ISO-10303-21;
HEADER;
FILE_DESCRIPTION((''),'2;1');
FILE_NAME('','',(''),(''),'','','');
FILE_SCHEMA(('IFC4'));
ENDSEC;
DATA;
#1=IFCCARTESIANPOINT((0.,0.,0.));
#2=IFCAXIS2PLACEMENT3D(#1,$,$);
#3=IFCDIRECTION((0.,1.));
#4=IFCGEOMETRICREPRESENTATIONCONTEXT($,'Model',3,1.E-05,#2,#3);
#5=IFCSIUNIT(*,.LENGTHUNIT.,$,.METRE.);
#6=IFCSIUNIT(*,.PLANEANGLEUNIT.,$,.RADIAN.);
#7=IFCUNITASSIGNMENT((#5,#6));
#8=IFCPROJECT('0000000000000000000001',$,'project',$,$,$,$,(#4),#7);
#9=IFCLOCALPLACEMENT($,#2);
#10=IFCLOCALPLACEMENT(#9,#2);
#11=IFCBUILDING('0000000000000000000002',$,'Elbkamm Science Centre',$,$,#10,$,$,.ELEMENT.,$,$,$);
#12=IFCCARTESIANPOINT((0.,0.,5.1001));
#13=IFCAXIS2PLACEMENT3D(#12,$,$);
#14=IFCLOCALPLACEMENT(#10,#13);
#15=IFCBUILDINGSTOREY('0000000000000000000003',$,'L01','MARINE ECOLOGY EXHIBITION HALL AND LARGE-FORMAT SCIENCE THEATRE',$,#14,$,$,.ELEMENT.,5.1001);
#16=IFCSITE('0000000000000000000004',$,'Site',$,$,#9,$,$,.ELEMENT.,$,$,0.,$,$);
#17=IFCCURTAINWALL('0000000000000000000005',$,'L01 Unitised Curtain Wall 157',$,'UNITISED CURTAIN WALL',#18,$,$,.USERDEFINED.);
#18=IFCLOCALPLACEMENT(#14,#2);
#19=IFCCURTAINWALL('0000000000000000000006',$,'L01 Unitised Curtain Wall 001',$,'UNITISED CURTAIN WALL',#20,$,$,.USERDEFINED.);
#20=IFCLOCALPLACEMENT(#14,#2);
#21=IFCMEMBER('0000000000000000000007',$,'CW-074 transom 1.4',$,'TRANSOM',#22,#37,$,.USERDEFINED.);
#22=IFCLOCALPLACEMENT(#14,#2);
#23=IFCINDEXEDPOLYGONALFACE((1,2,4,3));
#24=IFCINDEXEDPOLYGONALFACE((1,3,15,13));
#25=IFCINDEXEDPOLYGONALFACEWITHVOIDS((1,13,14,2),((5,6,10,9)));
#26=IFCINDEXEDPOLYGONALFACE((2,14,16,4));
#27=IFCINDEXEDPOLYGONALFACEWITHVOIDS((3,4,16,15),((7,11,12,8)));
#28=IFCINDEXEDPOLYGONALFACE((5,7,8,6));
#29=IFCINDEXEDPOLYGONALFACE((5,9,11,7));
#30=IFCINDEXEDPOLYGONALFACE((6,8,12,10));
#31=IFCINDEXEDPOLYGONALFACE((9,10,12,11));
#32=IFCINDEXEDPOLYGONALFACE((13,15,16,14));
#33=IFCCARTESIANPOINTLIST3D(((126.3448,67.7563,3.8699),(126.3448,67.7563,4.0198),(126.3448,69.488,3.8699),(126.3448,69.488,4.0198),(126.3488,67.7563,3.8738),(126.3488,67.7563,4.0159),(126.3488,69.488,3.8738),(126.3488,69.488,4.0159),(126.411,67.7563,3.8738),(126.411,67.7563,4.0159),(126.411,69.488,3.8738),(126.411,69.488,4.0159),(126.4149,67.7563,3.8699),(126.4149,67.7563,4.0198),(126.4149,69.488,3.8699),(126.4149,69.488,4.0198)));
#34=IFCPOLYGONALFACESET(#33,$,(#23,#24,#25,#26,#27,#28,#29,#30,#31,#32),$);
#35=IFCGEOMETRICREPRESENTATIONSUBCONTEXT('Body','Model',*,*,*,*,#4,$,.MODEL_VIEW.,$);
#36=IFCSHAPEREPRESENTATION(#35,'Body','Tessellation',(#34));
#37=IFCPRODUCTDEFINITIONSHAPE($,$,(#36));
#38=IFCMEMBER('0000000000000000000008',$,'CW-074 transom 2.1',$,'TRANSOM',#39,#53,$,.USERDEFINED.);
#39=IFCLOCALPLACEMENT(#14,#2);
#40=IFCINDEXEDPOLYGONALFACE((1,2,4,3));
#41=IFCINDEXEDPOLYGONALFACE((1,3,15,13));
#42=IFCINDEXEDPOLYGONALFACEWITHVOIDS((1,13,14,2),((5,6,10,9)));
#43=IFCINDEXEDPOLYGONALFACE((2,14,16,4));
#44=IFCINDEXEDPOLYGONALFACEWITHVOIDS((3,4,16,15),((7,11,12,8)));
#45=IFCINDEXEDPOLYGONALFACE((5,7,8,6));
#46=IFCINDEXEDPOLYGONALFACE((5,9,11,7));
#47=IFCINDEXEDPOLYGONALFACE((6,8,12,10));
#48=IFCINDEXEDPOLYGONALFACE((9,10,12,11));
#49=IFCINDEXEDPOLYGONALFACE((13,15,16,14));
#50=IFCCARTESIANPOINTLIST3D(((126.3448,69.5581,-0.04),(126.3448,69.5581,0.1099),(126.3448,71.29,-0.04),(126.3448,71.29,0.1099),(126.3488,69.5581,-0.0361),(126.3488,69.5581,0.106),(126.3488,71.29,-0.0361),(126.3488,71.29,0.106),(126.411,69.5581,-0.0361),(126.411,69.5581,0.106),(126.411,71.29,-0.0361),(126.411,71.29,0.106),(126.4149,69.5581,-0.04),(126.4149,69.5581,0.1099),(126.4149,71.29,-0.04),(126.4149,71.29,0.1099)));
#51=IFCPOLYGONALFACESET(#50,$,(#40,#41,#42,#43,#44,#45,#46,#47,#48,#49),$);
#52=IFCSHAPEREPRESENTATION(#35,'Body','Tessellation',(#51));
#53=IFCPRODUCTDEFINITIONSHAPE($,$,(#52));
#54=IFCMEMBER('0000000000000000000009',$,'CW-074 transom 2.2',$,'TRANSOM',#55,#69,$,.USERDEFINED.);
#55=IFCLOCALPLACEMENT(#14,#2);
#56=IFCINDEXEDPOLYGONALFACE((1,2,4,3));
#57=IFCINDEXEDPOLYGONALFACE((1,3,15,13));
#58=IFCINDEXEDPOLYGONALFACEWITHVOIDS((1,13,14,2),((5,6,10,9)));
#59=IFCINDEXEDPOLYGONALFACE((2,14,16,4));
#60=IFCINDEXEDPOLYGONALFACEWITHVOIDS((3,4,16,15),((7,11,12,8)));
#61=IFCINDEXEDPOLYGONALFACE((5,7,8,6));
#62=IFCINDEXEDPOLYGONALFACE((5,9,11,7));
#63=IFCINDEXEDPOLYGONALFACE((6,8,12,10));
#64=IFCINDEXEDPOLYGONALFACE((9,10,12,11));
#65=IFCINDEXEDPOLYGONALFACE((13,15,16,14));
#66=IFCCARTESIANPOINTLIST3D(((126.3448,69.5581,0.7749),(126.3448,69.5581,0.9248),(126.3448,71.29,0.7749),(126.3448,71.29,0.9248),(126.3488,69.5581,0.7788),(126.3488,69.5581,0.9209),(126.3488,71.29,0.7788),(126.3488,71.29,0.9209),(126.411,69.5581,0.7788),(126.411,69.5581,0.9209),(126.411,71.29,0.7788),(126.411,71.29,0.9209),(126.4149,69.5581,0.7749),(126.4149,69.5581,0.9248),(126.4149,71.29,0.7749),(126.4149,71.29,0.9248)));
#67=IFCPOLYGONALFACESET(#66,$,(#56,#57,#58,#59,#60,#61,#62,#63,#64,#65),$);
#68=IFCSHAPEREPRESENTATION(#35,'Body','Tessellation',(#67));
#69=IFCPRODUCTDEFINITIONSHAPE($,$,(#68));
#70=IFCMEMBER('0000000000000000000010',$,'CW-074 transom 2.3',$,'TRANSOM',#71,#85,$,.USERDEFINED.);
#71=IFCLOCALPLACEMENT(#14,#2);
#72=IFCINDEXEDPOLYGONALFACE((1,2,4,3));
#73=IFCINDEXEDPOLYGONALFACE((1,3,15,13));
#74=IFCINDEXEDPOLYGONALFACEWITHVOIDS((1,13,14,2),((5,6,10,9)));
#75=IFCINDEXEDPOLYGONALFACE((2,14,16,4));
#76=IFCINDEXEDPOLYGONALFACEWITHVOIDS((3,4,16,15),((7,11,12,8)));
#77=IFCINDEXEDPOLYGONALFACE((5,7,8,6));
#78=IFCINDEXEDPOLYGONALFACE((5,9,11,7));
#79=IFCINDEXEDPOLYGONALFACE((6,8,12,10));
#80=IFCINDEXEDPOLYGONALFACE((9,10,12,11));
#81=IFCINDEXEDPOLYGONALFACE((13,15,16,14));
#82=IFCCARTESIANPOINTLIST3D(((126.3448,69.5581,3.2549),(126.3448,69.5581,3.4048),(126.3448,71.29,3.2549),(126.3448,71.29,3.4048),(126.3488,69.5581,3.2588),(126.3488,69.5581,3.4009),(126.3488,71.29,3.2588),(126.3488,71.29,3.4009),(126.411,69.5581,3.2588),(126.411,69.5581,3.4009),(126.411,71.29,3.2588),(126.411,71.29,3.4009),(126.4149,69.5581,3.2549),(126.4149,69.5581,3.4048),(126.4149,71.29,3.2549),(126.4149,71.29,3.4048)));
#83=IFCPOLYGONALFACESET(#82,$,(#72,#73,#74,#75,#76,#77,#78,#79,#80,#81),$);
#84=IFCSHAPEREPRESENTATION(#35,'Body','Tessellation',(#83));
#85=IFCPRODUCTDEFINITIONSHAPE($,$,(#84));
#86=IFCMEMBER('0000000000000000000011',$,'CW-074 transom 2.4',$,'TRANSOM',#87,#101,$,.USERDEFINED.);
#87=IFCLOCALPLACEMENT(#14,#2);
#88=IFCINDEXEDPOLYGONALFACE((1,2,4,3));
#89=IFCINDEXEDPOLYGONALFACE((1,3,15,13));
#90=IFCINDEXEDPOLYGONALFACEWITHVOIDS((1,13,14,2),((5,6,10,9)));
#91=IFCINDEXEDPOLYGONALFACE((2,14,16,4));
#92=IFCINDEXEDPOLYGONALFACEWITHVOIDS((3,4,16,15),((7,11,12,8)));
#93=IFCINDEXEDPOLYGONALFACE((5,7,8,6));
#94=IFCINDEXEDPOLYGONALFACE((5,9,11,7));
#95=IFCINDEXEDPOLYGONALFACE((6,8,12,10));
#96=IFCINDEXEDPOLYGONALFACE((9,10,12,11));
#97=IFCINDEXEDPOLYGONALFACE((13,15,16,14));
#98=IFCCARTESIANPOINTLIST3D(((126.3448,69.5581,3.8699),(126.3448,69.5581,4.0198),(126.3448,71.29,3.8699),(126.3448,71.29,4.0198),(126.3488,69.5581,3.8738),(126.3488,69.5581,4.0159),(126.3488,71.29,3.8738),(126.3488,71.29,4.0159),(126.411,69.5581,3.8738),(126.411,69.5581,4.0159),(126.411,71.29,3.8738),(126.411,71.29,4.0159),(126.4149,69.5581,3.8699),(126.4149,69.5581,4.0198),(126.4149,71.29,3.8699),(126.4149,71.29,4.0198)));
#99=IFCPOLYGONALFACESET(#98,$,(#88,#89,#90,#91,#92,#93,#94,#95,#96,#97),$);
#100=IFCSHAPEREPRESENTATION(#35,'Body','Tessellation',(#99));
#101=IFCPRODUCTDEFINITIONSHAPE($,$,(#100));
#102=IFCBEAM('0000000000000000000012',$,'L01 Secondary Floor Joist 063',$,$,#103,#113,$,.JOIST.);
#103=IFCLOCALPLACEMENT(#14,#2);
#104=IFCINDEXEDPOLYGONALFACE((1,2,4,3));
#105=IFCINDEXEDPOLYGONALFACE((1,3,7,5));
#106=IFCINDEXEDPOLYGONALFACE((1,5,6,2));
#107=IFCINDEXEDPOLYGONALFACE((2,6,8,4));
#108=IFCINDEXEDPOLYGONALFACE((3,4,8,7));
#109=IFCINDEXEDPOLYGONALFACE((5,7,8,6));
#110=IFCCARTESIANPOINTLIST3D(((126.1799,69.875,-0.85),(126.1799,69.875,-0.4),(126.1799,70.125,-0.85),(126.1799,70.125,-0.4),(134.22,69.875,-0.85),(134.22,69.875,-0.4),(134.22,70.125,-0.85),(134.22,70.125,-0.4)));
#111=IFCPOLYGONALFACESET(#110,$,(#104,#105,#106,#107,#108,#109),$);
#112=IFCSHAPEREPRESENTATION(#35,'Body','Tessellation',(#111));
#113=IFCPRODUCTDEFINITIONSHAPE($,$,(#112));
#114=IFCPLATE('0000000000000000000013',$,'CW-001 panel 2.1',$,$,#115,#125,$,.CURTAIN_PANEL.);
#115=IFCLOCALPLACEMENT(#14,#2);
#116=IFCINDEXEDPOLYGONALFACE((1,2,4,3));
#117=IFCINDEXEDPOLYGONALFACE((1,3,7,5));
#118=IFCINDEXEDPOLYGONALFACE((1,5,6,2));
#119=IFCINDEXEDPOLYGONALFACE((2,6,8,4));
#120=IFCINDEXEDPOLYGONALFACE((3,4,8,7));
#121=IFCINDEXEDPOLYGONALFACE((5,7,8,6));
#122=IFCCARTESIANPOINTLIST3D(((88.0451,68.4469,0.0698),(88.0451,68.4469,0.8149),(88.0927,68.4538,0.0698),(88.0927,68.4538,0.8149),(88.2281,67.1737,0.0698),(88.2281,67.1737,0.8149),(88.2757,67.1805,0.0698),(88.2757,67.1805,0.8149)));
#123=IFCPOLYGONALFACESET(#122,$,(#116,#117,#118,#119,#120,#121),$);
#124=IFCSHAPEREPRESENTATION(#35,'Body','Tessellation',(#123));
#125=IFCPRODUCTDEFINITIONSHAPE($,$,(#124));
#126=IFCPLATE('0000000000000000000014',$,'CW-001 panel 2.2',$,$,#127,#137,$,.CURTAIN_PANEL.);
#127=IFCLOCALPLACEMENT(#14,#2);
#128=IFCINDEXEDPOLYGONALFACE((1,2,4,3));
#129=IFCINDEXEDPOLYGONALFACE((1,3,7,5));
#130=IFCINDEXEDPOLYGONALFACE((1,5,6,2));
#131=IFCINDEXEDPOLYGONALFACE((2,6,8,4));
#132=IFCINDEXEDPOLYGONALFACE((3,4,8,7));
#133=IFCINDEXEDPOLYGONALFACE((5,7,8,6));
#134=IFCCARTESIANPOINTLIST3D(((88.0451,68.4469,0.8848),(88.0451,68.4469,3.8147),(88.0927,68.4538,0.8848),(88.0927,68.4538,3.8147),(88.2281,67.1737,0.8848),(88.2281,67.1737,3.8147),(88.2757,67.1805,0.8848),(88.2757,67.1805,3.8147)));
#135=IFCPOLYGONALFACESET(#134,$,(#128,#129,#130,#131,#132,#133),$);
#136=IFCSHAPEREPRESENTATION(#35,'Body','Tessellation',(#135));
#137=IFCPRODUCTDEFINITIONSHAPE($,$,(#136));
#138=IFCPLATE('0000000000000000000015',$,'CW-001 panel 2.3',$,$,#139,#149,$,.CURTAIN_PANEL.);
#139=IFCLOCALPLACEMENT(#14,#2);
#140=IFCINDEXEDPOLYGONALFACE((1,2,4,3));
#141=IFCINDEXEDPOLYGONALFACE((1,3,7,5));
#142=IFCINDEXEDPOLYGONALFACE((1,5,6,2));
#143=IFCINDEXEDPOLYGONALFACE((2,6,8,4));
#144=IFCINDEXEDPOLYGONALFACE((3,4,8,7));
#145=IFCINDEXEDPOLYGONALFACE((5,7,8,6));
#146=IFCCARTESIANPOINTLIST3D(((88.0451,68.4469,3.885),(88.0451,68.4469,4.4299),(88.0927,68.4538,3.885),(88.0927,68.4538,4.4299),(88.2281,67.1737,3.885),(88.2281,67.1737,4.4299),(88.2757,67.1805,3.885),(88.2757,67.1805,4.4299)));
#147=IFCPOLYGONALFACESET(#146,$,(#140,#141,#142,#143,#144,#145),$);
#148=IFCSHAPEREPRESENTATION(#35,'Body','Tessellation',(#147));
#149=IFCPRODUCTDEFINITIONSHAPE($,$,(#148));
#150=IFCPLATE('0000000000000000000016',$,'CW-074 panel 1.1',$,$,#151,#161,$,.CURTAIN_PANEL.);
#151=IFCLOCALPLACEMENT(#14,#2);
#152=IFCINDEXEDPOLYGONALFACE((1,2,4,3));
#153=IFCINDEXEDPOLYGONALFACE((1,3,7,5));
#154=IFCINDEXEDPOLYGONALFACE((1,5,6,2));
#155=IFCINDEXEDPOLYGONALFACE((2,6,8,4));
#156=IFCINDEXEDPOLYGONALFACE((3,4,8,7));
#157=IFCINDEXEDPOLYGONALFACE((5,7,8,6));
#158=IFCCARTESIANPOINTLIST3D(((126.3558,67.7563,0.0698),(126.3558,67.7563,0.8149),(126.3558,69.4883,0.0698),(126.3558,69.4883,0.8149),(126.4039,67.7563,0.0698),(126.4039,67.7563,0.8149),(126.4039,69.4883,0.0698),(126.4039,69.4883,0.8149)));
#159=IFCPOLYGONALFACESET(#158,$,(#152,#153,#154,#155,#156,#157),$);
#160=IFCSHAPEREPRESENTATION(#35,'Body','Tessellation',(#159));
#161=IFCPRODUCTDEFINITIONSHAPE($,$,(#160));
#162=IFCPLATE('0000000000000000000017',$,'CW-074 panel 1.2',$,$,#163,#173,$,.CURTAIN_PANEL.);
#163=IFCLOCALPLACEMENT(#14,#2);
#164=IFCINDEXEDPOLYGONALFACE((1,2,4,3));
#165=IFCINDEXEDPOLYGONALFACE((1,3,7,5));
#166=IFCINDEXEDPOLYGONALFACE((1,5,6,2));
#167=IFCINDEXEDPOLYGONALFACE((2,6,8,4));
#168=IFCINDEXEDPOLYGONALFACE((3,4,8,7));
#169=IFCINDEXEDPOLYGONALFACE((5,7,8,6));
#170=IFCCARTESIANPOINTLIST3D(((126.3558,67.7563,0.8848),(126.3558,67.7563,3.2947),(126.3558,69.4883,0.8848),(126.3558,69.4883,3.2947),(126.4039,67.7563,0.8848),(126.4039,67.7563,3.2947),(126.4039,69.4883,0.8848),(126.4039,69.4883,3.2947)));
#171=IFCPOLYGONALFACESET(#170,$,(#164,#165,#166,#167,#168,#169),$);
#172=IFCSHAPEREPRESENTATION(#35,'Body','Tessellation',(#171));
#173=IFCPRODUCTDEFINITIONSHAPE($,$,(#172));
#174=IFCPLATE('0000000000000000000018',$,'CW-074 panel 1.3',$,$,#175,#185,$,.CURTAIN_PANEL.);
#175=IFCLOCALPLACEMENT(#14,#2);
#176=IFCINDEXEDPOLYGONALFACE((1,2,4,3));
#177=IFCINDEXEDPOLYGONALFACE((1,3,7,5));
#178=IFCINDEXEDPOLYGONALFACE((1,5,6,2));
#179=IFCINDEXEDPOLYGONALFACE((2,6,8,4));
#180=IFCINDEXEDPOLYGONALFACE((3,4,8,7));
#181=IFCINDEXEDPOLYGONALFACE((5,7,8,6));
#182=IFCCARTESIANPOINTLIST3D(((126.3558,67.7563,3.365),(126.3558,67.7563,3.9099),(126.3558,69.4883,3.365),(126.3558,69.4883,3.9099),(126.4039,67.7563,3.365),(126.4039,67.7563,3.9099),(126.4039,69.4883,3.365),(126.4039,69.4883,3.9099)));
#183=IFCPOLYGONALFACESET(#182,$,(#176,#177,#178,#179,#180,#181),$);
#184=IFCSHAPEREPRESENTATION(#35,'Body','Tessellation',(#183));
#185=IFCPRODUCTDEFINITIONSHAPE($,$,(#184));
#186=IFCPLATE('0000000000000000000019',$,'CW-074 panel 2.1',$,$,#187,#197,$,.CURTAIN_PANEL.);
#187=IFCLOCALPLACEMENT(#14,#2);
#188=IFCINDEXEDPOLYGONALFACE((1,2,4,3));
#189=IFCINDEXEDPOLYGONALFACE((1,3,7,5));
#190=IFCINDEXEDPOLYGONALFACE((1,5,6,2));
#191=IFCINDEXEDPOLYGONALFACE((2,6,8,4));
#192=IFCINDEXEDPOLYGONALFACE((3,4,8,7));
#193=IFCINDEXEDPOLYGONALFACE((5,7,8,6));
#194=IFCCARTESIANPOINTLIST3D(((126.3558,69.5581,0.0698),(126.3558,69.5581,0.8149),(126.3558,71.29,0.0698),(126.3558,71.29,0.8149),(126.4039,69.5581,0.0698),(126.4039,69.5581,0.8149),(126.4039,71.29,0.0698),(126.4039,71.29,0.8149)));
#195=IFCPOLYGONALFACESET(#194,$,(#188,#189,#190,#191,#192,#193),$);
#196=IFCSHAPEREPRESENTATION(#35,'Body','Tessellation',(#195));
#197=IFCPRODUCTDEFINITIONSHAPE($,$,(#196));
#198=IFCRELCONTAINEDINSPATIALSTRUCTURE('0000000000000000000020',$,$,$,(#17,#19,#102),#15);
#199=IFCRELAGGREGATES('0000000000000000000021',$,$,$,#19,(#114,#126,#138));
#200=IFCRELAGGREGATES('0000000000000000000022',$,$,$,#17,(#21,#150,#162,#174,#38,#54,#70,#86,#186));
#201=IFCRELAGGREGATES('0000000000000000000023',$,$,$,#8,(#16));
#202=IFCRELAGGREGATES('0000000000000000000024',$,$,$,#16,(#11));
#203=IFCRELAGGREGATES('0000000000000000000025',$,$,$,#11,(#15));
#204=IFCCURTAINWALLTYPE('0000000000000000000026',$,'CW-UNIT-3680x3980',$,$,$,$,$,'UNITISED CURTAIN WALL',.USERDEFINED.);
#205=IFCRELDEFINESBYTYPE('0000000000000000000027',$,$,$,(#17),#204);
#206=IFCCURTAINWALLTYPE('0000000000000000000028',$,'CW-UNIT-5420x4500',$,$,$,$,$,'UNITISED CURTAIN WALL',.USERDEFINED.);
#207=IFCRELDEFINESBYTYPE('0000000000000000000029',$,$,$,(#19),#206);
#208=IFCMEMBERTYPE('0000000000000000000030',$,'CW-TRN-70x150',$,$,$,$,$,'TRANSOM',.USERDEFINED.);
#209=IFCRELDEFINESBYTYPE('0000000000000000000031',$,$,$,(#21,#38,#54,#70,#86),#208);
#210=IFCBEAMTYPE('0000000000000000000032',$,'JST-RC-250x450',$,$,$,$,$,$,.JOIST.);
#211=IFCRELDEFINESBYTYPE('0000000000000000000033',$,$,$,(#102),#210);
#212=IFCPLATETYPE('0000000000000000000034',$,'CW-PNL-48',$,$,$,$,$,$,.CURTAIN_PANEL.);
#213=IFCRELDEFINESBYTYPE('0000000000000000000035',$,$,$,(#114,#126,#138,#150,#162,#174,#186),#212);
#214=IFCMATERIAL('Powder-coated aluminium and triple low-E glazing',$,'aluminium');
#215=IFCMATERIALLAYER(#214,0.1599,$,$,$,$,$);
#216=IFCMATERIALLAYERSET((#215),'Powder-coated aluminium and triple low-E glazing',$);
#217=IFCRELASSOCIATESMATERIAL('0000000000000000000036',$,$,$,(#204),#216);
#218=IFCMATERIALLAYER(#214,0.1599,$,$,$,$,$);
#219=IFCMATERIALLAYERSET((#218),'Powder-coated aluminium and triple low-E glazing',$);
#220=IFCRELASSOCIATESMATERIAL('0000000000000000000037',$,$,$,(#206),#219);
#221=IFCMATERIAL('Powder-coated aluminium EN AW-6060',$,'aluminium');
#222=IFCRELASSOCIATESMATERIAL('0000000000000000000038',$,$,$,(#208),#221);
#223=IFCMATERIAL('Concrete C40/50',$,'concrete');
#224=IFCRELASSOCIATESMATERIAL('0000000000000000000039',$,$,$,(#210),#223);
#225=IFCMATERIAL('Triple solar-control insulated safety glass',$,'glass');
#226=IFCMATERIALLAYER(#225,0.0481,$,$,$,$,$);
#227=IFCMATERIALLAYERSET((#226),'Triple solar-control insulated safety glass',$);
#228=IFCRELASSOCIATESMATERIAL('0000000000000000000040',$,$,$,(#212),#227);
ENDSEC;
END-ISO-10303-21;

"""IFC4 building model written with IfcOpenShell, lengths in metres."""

from ifc_helpers import new_model, si_unit, direction, frame, origin, origin_2d, place, context, subcontext, project, spatial, rectangle, hollow_rectangle, extrude, material, layer, layer_set, material_profile, profile_set, type_object, element, aggregate, save


model = new_model("IFC4")

# Units and contexts
model_context = context("Model", 3, precision=1e-05, world=origin(), true_north=direction((0.0, 1.0)))
body_context = subcontext(model_context, "Body", "Model", "MODEL_VIEW")
ifc_project = project(units=[si_unit("LENGTHUNIT", "METRE"), si_unit("PLANEANGLEUNIT", "RADIAN")], contexts=[model_context])

# Site, building, storey
site_placement = place(None, origin())
site = spatial("IfcSite", under=ifc_project, at=site_placement, Name="Site", CompositionType="ELEMENT", RefElevation=0.0)
building_placement = place(site_placement, origin())
building = spatial("IfcBuilding", under=site, at=building_placement, Name="Elbkamm Science Centre", CompositionType="ELEMENT")
storey_placement = place(building_placement, frame((0.0, 0.0, 5.1001)))
storey = spatial("IfcBuildingStorey", under=building, at=storey_placement, Name="L01", Description="MARINE ECOLOGY EXHIBITION HALL AND LARGE-FORMAT SCIENCE THEATRE", CompositionType="ELEMENT", Elevation=5.1001)

# Shared definitions
ifc_material_1 = material(Name="Concrete C40/50", Category="concrete")

# Curtain wall
ifc_material_2 = material(Name="Powder-coated aluminium and triple low-E glazing", Category="aluminium")
ifc_layer_1 = layer(ifc_material_2, 0.1599)
ifc_layer_set_1 = layer_set([ifc_layer_1], Name="Powder-coated aluminium and triple low-E glazing")
curtain_wall_type_1 = type_object("IfcCurtainWallType", Name="CW-UNIT-3680x3980", ElementType="UNITISED CURTAIN WALL", PredefinedType="USERDEFINED", material=ifc_layer_set_1)
curtain_wall_1_placement = place(storey_placement, origin())
curtain_wall_1 = element("IfcCurtainWall", 1, at=curtain_wall_1_placement, inside=storey, type_object=curtain_wall_type_1, Name="L01 Unitised Curtain Wall 157", ObjectType="UNITISED CURTAIN WALL", PredefinedType="USERDEFINED")
ifc_material_3 = material(Name="Powder-coated aluminium EN AW-6060", Category="aluminium")

# Curtain wall
ifc_layer_2 = layer(ifc_material_2, 0.1599)
ifc_layer_set_2 = layer_set([ifc_layer_2], Name="Powder-coated aluminium and triple low-E glazing")
curtain_wall_type_2 = type_object("IfcCurtainWallType", Name="CW-UNIT-5420x4500", ElementType="UNITISED CURTAIN WALL", PredefinedType="USERDEFINED", material=ifc_layer_set_2)
curtain_wall_2_placement = place(storey_placement, origin())
curtain_wall_2 = element("IfcCurtainWall", 2, at=curtain_wall_2_placement, inside=storey, type_object=curtain_wall_type_2, Name="L01 Unitised Curtain Wall 001", ObjectType="UNITISED CURTAIN WALL", PredefinedType="USERDEFINED")
ifc_material_profile_1 = material_profile(ifc_material_3, hollow_rectangle(XDim=0.0701, YDim=0.1499, WallThickness=0.0039, at=origin_2d()), Name="ALU T70x150")
ifc_profile_set_1 = profile_set([ifc_material_profile_1], Name="Powder-coated aluminium EN AW-6060")
member_type_1 = type_object("IfcMemberType", Name="CW-TRN-70x150", ElementType="TRANSOM", PredefinedType="USERDEFINED", material=ifc_profile_set_1)

# Members
member_1_placement = place(storey_placement, frame((126.3799, 67.7563, 3.9448), z_axis=(0.0, 1.0, 0.0), x_axis=(-1.0, 0.0, 0.0)))
member_1 = element("IfcMember", 3, at=member_1_placement, type_object=member_type_1, Name="CW-074 transom 1.4", ObjectType="TRANSOM", PredefinedType="USERDEFINED", context=body_context, shape_type="SweptSolid", body=[
    extrude(hollow_rectangle(XDim=0.0701, YDim=0.1499, WallThickness=0.0039, at=origin_2d()), origin(), (0.0, 0.0, 1.0), 1.7317),
])
member_2_placement = place(storey_placement, frame((126.3799, 69.5581, 0.0349), z_axis=(0.0, 1.0, 0.0), x_axis=(-1.0, 0.0, 0.0)))
member_2 = element("IfcMember", 4, at=member_2_placement, type_object=member_type_1, Name="CW-074 transom 2.1", ObjectType="TRANSOM", PredefinedType="USERDEFINED", context=body_context, shape_type="SweptSolid", body=[
    extrude(hollow_rectangle(XDim=0.0701, YDim=0.1499, WallThickness=0.0039, at=origin_2d()), origin(), (0.0, 0.0, 1.0), 1.7319),
])
member_3_placement = place(storey_placement, frame((126.3799, 69.5581, 0.8499), z_axis=(0.0, 1.0, 0.0), x_axis=(-1.0, 0.0, 0.0)))
member_3 = element("IfcMember", 5, at=member_3_placement, type_object=member_type_1, Name="CW-074 transom 2.2", ObjectType="TRANSOM", PredefinedType="USERDEFINED", context=body_context, shape_type="SweptSolid", body=[
    extrude(hollow_rectangle(XDim=0.0701, YDim=0.1499, WallThickness=0.0039, at=origin_2d()), origin(), (0.0, 0.0, 1.0), 1.7319),
])
member_4_placement = place(storey_placement, frame((126.3799, 69.5581, 3.3298), z_axis=(0.0, 1.0, 0.0), x_axis=(-1.0, 0.0, 0.0)))
member_4 = element("IfcMember", 6, at=member_4_placement, type_object=member_type_1, Name="CW-074 transom 2.3", ObjectType="TRANSOM", PredefinedType="USERDEFINED", context=body_context, shape_type="SweptSolid", body=[
    extrude(hollow_rectangle(XDim=0.0701, YDim=0.1499, WallThickness=0.0039, at=origin_2d()), origin(), (0.0, 0.0, 1.0), 1.7319),
])
member_5_placement = place(storey_placement, frame((126.3799, 69.5581, 3.9448), z_axis=(0.0, 1.0, 0.0), x_axis=(-1.0, 0.0, 0.0)))
member_5 = element("IfcMember", 7, at=member_5_placement, type_object=member_type_1, Name="CW-074 transom 2.4", ObjectType="TRANSOM", PredefinedType="USERDEFINED", context=body_context, shape_type="SweptSolid", body=[
    extrude(hollow_rectangle(XDim=0.0701, YDim=0.1499, WallThickness=0.0039, at=origin_2d()), origin(), (0.0, 0.0, 1.0), 1.7319),
])

# Beam
ifc_material_profile_2 = material_profile(ifc_material_1, rectangle(XDim=0.25, YDim=0.45, at=origin_2d()), Name="RC 250x450")
ifc_profile_set_2 = profile_set([ifc_material_profile_2], Name="Concrete C40/50")
beam_type_1 = type_object("IfcBeamType", Name="JST-RC-250x450", PredefinedType="JOIST", material=ifc_profile_set_2)
beam_1_placement = place(storey_placement, frame((126.1799, 70.0, -0.625), z_axis=(1.0, 0.0, 0.0), x_axis=(0.0, 1.0, 0.0)))
element("IfcBeam", 8, at=beam_1_placement, inside=storey, type_object=beam_type_1, Name="L01 Secondary Floor Joist 063", PredefinedType="JOIST", context=body_context, shape_type="SweptSolid", body=[
    extrude(rectangle(XDim=0.25, YDim=0.45, at=origin_2d()), origin(), (0.0, 0.0, 1.0), 8.04),
])

# Plates
ifc_material_4 = material(Name="Triple solar-control insulated safety glass", Category="glass")
ifc_layer_3 = layer(ifc_material_4, 0.0481)
ifc_layer_set_3 = layer_set([ifc_layer_3], Name="Triple solar-control insulated safety glass")
plate_type = type_object("IfcPlateType", Name="CW-PNL-48", PredefinedType="CURTAIN_PANEL", material=ifc_layer_set_3)
plate_1_placement = place(storey_placement, frame((88.1604, 67.8137, 0.0698), z_axis=(0.0, 0.0, 1.0), x_axis=(-0.142332, 0.989819, 0.0)))
plate_1 = element("IfcPlate", 9, at=plate_1_placement, type_object=plate_type, Name="CW-001 panel 2.1", PredefinedType="CURTAIN_PANEL", context=body_context, shape_type="SweptSolid", body=[
    extrude(rectangle(XDim=1.2864, YDim=0.0481, at=origin_2d()), origin(), (0.0, 0.0, 1.0), 0.7451),
])
plate_2_placement = place(storey_placement, frame((88.1604, 67.8137, 0.8848), z_axis=(0.0, 0.0, 1.0), x_axis=(-0.142332, 0.989819, 0.0)))
plate_2 = element("IfcPlate", 10, at=plate_2_placement, type_object=plate_type, Name="CW-001 panel 2.2", PredefinedType="CURTAIN_PANEL", context=body_context, shape_type="SweptSolid", body=[
    extrude(rectangle(XDim=1.2864, YDim=0.0481, at=origin_2d()), origin(), (0.0, 0.0, 1.0), 2.9299),
])
plate_3_placement = place(storey_placement, frame((88.1604, 67.8137, 3.885), z_axis=(0.0, 0.0, 1.0), x_axis=(-0.142332, 0.989819, 0.0)))
plate_3 = element("IfcPlate", 11, at=plate_3_placement, type_object=plate_type, Name="CW-001 panel 2.3", PredefinedType="CURTAIN_PANEL", context=body_context, shape_type="SweptSolid", body=[
    extrude(rectangle(XDim=1.2864, YDim=0.0481, at=origin_2d()), origin(), (0.0, 0.0, 1.0), 0.5449),
])
aggregate(curtain_wall_2, [plate_1, plate_2, plate_3])
plate_4_placement = place(storey_placement, frame((126.3799, 68.6223, 0.0698), z_axis=(0.0, 0.0, 1.0), x_axis=(0.0, 1.0, 0.0)))
plate_4 = element("IfcPlate", 12, at=plate_4_placement, type_object=plate_type, Name="CW-074 panel 1.1", PredefinedType="CURTAIN_PANEL", context=body_context, shape_type="SweptSolid", body=[
    extrude(rectangle(XDim=1.7319, YDim=0.0481, at=origin_2d()), origin(), (0.0, 0.0, 1.0), 0.7451),
])
plate_5_placement = place(storey_placement, frame((126.3799, 68.6223, 0.8848), z_axis=(0.0, 0.0, 1.0), x_axis=(0.0, 1.0, 0.0)))
plate_5 = element("IfcPlate", 13, at=plate_5_placement, type_object=plate_type, Name="CW-074 panel 1.2", PredefinedType="CURTAIN_PANEL", context=body_context, shape_type="SweptSolid", body=[
    extrude(rectangle(XDim=1.7319, YDim=0.0481, at=origin_2d()), origin(), (0.0, 0.0, 1.0), 2.4099),
])
plate_6_placement = place(storey_placement, frame((126.3799, 68.6223, 3.365), z_axis=(0.0, 0.0, 1.0), x_axis=(0.0, 1.0, 0.0)))
plate_6 = element("IfcPlate", 14, at=plate_6_placement, type_object=plate_type, Name="CW-074 panel 1.3", PredefinedType="CURTAIN_PANEL", context=body_context, shape_type="SweptSolid", body=[
    extrude(rectangle(XDim=1.7319, YDim=0.0481, at=origin_2d()), origin(), (0.0, 0.0, 1.0), 0.5449),
])
plate_7_placement = place(storey_placement, frame((126.3799, 70.4241, 0.0698), z_axis=(0.0, 0.0, 1.0), x_axis=(0.0, 1.0, 0.0)))
plate_7 = element("IfcPlate", 15, at=plate_7_placement, type_object=plate_type, Name="CW-074 panel 2.1", PredefinedType="CURTAIN_PANEL", context=body_context, shape_type="SweptSolid", body=[
    extrude(rectangle(XDim=1.7319, YDim=0.0481, at=origin_2d()), origin(), (0.0, 0.0, 1.0), 0.7451),
])
aggregate(curtain_wall_1, [member_1, plate_4, plate_5, plate_6, member_2, member_3, member_4, member_5, plate_7])

save(model, "model.ifc")
